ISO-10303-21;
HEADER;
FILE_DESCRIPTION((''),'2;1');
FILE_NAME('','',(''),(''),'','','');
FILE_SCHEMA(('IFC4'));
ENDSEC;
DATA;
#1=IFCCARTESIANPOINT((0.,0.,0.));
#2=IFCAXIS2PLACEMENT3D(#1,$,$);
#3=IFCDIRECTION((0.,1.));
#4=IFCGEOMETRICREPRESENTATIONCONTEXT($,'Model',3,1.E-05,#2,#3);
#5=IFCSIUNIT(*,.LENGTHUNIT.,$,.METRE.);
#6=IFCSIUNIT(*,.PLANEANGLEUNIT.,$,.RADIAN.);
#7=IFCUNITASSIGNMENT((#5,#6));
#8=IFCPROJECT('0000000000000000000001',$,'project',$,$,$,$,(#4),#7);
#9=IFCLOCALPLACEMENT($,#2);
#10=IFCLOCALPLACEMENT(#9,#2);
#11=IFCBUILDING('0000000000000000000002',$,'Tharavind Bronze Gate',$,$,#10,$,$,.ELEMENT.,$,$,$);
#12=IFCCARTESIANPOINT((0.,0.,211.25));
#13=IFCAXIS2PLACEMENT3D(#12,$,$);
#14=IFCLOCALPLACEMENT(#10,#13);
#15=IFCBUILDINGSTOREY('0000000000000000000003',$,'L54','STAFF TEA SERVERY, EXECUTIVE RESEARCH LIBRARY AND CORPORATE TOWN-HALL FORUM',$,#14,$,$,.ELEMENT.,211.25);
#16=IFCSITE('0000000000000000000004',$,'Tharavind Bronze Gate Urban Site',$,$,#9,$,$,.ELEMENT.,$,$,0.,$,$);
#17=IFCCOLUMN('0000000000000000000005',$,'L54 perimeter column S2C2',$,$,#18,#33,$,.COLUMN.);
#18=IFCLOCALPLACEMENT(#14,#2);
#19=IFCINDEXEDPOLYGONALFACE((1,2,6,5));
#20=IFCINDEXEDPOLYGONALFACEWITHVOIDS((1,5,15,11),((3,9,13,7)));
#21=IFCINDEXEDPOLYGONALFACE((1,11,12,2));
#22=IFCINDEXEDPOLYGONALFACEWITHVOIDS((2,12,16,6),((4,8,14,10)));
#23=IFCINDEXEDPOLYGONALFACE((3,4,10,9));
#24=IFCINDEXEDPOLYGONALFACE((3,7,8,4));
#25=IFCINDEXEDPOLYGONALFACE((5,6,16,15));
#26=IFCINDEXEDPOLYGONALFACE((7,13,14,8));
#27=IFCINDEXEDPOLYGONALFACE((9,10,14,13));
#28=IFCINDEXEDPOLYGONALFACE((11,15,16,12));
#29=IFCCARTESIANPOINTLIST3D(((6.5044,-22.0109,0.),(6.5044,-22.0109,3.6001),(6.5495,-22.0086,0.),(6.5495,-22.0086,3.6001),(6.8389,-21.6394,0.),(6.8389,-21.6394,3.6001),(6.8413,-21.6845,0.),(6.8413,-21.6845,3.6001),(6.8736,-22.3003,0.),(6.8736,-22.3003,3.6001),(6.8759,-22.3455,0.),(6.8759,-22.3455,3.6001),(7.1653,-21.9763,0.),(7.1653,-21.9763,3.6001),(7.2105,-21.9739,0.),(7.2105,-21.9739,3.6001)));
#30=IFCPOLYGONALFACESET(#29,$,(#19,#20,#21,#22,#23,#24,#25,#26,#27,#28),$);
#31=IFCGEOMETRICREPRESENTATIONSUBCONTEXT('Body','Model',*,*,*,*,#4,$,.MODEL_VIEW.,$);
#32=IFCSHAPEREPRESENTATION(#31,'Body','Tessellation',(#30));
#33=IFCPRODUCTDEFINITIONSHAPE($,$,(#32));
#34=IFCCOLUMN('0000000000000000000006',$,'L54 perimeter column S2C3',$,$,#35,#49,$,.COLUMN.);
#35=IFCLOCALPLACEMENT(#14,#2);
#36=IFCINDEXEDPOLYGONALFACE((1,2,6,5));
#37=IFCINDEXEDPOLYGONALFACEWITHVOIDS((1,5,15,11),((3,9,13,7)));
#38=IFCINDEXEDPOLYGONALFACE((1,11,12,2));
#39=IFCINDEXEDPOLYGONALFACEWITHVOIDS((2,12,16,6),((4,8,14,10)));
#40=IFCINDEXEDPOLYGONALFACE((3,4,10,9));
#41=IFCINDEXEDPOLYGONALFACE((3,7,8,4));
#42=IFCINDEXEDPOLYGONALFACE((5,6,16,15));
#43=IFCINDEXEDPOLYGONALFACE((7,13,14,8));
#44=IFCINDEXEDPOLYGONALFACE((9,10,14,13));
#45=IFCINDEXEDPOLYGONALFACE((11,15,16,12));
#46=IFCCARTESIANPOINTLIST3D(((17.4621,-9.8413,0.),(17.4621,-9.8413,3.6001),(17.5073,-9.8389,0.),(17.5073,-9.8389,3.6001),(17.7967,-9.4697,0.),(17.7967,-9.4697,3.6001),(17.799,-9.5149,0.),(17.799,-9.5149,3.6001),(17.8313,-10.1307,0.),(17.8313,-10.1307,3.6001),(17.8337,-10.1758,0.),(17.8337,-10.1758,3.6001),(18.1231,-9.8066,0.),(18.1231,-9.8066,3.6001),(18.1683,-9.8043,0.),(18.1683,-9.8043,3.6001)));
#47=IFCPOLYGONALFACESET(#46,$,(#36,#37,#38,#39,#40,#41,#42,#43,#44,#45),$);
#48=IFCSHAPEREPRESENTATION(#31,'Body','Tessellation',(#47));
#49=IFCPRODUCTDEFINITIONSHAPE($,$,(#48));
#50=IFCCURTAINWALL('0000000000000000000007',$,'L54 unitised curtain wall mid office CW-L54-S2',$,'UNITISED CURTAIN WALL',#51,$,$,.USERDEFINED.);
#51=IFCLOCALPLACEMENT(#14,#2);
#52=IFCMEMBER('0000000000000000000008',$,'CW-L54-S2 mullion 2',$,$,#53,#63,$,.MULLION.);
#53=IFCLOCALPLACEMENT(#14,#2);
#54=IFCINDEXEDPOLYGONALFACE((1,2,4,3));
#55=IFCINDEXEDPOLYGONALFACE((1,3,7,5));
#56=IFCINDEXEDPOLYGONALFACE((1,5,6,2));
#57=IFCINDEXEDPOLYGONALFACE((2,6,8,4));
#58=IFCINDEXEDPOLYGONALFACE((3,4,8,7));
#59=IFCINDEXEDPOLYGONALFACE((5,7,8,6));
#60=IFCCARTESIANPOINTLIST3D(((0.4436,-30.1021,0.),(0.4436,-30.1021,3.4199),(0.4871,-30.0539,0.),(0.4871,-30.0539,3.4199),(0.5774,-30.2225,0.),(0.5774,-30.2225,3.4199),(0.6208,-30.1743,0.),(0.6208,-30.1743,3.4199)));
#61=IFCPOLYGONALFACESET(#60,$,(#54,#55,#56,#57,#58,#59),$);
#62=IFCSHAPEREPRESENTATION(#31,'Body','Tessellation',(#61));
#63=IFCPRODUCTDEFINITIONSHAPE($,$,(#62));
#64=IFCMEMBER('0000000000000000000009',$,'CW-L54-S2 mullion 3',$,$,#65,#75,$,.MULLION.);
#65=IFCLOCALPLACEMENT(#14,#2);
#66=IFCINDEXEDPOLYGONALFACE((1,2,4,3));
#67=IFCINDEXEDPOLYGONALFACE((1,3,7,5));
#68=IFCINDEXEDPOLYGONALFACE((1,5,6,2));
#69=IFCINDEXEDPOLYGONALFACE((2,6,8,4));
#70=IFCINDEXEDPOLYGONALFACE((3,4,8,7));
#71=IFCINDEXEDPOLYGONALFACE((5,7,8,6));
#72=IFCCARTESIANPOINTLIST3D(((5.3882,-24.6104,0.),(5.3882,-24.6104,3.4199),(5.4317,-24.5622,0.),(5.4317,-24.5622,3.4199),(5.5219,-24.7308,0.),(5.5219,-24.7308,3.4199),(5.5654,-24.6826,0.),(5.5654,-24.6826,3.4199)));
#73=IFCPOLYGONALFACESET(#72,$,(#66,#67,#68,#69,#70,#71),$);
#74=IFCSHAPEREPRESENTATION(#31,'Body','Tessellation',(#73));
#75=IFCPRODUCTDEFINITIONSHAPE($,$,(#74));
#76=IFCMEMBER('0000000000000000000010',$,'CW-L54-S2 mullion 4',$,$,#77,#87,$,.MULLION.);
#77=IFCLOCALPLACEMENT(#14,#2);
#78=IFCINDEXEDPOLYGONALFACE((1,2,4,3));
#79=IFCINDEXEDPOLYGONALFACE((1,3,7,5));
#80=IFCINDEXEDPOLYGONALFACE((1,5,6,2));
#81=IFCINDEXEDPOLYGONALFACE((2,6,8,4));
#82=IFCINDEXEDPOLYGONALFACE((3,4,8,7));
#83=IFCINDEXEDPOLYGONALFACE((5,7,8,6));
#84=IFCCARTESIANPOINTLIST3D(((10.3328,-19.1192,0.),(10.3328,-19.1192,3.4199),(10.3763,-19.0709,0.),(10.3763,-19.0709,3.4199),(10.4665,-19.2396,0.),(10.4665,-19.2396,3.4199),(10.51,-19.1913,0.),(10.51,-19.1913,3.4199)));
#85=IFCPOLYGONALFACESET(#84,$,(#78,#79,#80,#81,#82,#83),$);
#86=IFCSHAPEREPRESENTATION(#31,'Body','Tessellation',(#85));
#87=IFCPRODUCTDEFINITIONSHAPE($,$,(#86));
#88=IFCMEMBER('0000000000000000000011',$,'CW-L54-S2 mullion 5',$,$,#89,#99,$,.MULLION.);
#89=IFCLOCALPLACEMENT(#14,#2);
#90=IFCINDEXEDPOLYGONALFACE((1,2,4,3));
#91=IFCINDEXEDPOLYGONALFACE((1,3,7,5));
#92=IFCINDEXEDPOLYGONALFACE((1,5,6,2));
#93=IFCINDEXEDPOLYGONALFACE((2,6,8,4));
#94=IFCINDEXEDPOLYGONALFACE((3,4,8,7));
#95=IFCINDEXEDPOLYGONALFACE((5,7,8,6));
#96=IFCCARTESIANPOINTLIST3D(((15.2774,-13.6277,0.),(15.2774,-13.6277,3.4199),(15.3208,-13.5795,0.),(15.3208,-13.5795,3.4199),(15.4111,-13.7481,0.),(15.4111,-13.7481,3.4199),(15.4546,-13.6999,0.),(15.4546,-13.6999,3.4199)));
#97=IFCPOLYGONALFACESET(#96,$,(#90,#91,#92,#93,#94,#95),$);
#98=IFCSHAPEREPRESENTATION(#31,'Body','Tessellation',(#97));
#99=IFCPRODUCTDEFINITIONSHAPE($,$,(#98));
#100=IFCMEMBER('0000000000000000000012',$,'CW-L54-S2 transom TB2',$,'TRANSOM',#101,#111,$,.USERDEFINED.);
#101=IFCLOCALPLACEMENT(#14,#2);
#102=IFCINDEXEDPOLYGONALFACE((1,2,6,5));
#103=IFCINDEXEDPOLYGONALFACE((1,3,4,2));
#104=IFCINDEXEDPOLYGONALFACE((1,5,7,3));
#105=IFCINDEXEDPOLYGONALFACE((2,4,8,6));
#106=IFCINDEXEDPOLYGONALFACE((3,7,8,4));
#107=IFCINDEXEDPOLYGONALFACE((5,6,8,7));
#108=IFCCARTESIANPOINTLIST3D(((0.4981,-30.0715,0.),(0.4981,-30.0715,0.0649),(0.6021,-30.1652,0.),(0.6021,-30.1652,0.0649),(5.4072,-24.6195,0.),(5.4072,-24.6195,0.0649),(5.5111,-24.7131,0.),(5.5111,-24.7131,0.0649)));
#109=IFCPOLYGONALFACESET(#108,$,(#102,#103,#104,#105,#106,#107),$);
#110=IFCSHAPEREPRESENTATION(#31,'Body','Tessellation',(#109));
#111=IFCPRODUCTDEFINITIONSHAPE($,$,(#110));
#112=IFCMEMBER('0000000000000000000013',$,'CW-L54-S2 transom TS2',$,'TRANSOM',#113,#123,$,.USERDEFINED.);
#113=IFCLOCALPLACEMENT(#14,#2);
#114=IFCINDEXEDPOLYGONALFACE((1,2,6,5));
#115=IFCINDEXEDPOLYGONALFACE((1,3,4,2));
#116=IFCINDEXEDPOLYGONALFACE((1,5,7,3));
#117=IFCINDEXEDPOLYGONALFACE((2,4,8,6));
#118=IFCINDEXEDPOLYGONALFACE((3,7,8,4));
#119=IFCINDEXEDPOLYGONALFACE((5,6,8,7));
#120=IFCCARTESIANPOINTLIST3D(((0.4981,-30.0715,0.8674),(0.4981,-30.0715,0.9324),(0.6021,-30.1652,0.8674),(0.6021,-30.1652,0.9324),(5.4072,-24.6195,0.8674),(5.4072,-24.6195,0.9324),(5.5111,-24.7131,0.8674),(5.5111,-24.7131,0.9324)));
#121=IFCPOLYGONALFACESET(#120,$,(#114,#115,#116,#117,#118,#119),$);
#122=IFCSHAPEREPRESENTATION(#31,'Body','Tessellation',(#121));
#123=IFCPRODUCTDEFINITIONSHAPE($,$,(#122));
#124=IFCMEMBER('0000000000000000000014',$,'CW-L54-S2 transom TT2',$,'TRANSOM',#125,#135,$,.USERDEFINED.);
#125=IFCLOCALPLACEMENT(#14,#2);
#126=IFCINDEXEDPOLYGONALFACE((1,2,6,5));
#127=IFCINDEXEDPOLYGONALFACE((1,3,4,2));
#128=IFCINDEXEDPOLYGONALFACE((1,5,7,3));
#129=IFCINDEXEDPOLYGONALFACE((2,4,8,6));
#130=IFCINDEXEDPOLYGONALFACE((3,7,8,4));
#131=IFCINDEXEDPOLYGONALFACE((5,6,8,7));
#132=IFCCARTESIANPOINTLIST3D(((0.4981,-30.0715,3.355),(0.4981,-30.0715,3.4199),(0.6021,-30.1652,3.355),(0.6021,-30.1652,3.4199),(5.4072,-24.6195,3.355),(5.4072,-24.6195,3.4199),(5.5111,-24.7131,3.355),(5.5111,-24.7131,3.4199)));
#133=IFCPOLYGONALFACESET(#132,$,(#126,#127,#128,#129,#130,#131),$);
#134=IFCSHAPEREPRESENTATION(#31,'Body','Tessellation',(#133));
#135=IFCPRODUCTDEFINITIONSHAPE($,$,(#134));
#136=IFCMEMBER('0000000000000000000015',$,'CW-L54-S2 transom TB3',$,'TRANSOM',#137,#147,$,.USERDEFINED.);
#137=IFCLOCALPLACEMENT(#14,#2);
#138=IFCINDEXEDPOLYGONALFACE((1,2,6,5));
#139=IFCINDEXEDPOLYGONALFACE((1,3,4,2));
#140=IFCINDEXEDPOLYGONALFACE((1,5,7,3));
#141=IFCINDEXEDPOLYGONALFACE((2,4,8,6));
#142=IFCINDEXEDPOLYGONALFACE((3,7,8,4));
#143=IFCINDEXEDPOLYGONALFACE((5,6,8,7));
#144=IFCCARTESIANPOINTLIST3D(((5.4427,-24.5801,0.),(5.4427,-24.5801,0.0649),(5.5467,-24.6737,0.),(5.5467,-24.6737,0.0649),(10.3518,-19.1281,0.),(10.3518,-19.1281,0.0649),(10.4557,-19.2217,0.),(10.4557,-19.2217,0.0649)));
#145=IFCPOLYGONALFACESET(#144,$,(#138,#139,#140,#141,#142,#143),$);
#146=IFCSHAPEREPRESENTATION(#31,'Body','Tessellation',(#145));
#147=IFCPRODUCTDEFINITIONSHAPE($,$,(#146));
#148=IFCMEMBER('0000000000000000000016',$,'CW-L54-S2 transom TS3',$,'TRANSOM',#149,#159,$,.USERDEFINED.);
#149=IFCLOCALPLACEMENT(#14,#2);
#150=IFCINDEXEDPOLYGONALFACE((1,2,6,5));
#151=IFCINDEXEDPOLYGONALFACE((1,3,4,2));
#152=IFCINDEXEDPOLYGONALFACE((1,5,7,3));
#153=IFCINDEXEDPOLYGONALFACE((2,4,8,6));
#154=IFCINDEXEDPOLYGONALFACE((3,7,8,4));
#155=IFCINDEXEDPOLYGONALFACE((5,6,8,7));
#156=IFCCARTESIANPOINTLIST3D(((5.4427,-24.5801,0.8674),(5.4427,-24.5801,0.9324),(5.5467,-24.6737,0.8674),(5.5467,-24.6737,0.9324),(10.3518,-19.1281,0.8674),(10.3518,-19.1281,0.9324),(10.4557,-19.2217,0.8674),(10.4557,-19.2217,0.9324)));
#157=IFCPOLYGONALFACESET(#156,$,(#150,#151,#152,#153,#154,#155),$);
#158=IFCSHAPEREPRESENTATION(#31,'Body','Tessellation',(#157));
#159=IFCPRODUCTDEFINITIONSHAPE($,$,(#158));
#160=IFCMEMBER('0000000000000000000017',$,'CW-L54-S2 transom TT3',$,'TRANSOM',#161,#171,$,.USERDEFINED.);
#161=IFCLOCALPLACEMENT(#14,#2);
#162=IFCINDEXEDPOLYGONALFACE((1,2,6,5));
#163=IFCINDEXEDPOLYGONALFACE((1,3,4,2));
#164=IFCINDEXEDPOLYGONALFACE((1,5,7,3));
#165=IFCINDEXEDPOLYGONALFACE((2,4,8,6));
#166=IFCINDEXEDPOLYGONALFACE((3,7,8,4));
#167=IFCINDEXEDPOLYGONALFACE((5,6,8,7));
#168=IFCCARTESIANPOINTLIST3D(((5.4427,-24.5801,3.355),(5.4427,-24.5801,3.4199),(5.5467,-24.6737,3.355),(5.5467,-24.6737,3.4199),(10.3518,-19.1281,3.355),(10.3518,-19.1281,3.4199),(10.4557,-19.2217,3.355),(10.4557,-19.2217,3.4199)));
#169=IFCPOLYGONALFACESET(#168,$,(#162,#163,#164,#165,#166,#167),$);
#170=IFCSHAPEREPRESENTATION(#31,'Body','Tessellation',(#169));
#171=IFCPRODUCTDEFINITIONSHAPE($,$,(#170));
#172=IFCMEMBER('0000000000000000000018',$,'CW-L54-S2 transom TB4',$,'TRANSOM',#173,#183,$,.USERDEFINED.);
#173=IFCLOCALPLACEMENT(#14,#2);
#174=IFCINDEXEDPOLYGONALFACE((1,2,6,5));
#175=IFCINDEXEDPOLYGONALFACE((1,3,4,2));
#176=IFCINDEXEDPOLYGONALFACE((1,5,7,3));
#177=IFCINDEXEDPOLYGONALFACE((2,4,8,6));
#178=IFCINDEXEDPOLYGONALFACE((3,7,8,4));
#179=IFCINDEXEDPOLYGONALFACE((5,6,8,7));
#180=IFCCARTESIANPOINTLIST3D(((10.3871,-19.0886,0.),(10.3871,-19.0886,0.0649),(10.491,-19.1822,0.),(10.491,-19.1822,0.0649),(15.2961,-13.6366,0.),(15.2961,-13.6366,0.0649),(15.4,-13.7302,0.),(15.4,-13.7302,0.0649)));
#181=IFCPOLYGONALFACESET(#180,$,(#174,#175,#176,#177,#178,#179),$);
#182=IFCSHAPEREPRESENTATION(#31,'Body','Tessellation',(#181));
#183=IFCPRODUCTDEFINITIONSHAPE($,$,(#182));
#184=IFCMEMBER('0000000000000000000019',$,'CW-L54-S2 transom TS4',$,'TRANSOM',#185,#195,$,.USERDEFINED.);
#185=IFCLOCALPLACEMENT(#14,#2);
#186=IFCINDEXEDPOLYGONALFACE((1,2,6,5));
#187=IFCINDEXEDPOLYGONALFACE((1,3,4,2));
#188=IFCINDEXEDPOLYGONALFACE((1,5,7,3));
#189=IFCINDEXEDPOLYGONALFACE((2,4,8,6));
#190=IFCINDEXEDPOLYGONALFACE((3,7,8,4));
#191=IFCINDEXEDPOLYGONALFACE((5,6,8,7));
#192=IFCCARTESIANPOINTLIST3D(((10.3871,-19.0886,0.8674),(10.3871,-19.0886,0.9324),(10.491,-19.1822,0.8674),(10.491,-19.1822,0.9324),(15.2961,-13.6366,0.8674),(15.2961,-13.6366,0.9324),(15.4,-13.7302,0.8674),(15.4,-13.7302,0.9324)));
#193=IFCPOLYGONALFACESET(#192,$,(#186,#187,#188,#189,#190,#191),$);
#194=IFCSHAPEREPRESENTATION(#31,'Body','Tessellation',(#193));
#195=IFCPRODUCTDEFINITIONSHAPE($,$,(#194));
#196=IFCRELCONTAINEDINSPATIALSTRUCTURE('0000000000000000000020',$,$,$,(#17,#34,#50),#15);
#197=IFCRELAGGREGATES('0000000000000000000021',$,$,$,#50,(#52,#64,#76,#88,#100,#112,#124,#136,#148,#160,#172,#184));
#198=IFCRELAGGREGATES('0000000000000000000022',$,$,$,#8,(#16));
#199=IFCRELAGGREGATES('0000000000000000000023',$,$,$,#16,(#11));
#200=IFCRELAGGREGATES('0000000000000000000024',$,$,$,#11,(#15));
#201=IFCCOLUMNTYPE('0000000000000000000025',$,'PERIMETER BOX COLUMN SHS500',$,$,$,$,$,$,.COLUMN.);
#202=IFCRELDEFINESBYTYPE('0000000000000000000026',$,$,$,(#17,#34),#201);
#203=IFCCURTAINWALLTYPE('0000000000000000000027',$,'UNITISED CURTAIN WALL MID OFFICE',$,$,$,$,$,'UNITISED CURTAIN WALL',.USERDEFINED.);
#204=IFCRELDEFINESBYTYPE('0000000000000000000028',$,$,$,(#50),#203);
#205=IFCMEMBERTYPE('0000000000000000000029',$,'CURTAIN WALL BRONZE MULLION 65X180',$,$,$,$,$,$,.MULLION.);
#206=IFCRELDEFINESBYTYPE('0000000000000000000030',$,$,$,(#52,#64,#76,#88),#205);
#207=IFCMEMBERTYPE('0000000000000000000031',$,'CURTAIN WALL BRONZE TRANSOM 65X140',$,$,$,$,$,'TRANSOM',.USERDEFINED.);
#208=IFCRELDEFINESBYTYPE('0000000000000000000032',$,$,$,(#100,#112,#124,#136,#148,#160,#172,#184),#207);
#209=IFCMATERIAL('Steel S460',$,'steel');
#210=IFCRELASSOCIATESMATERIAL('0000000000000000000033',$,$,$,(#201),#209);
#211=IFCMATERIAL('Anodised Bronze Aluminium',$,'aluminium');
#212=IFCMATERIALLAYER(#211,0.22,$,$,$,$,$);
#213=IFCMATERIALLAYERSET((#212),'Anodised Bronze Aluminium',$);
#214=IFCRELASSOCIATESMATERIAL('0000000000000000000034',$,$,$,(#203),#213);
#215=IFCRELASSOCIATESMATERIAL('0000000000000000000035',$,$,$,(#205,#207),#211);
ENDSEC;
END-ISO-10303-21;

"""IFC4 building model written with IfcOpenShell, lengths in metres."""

from ifc_helpers import new_model, si_unit, direction, frame, origin, origin_2d, place, context, subcontext, project, spatial, rectangle, hollow_rectangle, extrude, material, layer, layer_set, material_profile, profile_set, type_object, element, aggregate, save


model = new_model("IFC4")

# Units and contexts
model_context = context("Model", 3, precision=1e-05, world=origin(), true_north=direction((0.0, 1.0)))
body_context = subcontext(model_context, "Body", "Model", "MODEL_VIEW")
ifc_project = project(units=[si_unit("LENGTHUNIT", "METRE"), si_unit("PLANEANGLEUNIT", "RADIAN")], contexts=[model_context])

# Site, building, storey
site_placement = place(None, origin())
site = spatial("IfcSite", under=ifc_project, at=site_placement, Name="Tharavind Bronze Gate Urban Site", CompositionType="ELEMENT", RefElevation=0.0)
building_placement = place(site_placement, origin())
building = spatial("IfcBuilding", under=site, at=building_placement, Name="Tharavind Bronze Gate", CompositionType="ELEMENT")
storey_placement = place(building_placement, frame((0.0, 0.0, 211.25)))
storey = spatial("IfcBuildingStorey", under=building, at=storey_placement, Name="L54", Description="STAFF TEA SERVERY, EXECUTIVE RESEARCH LIBRARY AND CORPORATE TOWN-HALL FORUM", CompositionType="ELEMENT", Elevation=211.25)

# Columns
ifc_material_1 = material(Name="Steel S460", Category="steel")
ifc_material_profile_1 = material_profile(ifc_material_1, hollow_rectangle(XDim=0.5, YDim=0.5, WallThickness=0.032, at=origin_2d()), Name="SHS500X32")
ifc_profile_set_1 = profile_set([ifc_material_profile_1], Name="Steel S460")
column_type = type_object("IfcColumnType", Name="PERIMETER BOX COLUMN SHS500", PredefinedType="COLUMN", material=ifc_profile_set_1)
for number, where, z_axis, x_axis, name in (
    (1, (6.8574, -21.9924, 0.0), (0.0, 0.0, 1.0), (0.669131, 0.743145, 0.0), "L54 perimeter column S2C2"),
    (2, (17.8152, -9.8228, 0.0), (0.0, 0.0, 1.0), (0.669131, 0.743145, 0.0), "L54 perimeter column S2C3"),
):
    element("IfcColumn", number, at=place(storey_placement, frame(where, z_axis=z_axis, x_axis=x_axis)), inside=storey, type_object=column_type, Name=name, PredefinedType="COLUMN", context=body_context, shape_type="SweptSolid", body=[
        extrude(hollow_rectangle(XDim=0.5, YDim=0.5, WallThickness=0.032, at=origin_2d()), origin(), (0.0, 0.0, 1.0), 3.6001),
    ])

# Curtain wall, members
ifc_material_2 = material(Name="Anodised Bronze Aluminium", Category="aluminium")
ifc_layer_1 = layer(ifc_material_2, 0.22)
ifc_layer_set_1 = layer_set([ifc_layer_1], Name="Anodised Bronze Aluminium")
curtain_wall_type = type_object("IfcCurtainWallType", Name="UNITISED CURTAIN WALL MID OFFICE", ElementType="UNITISED CURTAIN WALL", PredefinedType="USERDEFINED", material=ifc_layer_set_1)
curtain_wall_placement = place(storey_placement, origin())
curtain_wall = element("IfcCurtainWall", 3, at=curtain_wall_placement, inside=storey, type_object=curtain_wall_type, Name="L54 unitised curtain wall mid office CW-L54-S2", ObjectType="UNITISED CURTAIN WALL", PredefinedType="USERDEFINED")
member_type_1 = type_object("IfcMemberType", Name="CURTAIN WALL BRONZE MULLION 65X180", PredefinedType="MULLION", material=ifc_material_2)
member_1_placement = place(storey_placement, frame((0.5322, -30.1382, 0.0), z_axis=(0.0, 0.0, 1.0), x_axis=(0.669131, 0.743145, 0.0)))
member_1 = element("IfcMember", 4, at=member_1_placement, type_object=member_type_1, Name="CW-L54-S2 mullion 2", PredefinedType="MULLION", context=body_context, shape_type="SweptSolid", body=[
    extrude(rectangle(XDim=0.0649, YDim=0.1799, at=origin_2d()), origin(), (0.0, 0.0, 1.0), 3.4199),
])
member_2_placement = place(storey_placement, frame((5.4768, -24.6465, 0.0), z_axis=(0.0, 0.0, 1.0), x_axis=(0.669131, 0.743145, 0.0)))
member_2 = element("IfcMember", 5, at=member_2_placement, type_object=member_type_1, Name="CW-L54-S2 mullion 3", PredefinedType="MULLION", context=body_context, shape_type="SweptSolid", body=[
    extrude(rectangle(XDim=0.0649, YDim=0.1799, at=origin_2d()), origin(), (0.0, 0.0, 1.0), 3.4199),
])
member_3_placement = place(storey_placement, frame((10.4214, -19.1553, 0.0), z_axis=(0.0, 0.0, 1.0), x_axis=(0.669131, 0.743145, 0.0)))
member_3 = element("IfcMember", 6, at=member_3_placement, type_object=member_type_1, Name="CW-L54-S2 mullion 4", PredefinedType="MULLION", context=body_context, shape_type="SweptSolid", body=[
    extrude(rectangle(XDim=0.0649, YDim=0.1799, at=origin_2d()), origin(), (0.0, 0.0, 1.0), 3.4199),
])
member_4_placement = place(storey_placement, frame((15.366, -13.6638, 0.0), z_axis=(0.0, 0.0, 1.0), x_axis=(0.669131, 0.743145, 0.0)))
member_4 = element("IfcMember", 7, at=member_4_placement, type_object=member_type_1, Name="CW-L54-S2 mullion 5", PredefinedType="MULLION", context=body_context, shape_type="SweptSolid", body=[
    extrude(rectangle(XDim=0.0649, YDim=0.1799, at=origin_2d()), origin(), (0.0, 0.0, 1.0), 3.4199),
])
member_type_2 = type_object("IfcMemberType", Name="CURTAIN WALL BRONZE TRANSOM 65X140", ElementType="TRANSOM", PredefinedType="USERDEFINED", material=ifc_material_2)
member_5_placement = place(storey_placement, frame((3.0046, -27.3923, 0.0), z_axis=(0.0, 0.0, 1.0), x_axis=(0.669131, 0.743145, 0.0)))
member_5 = element("IfcMember", 8, at=member_5_placement, type_object=member_type_2, Name="CW-L54-S2 transom TB2", ObjectType="TRANSOM", PredefinedType="USERDEFINED", context=body_context, shape_type="SweptSolid", body=[
    extrude(rectangle(XDim=7.3364, YDim=0.1399, at=origin_2d()), origin(), (0.0, 0.0, 1.0), 0.0649),
])
member_6_placement = place(storey_placement, frame((3.0046, -27.3923, 0.8674), z_axis=(0.0, 0.0, 1.0), x_axis=(0.669131, 0.743145, 0.0)))
member_6 = element("IfcMember", 9, at=member_6_placement, type_object=member_type_2, Name="CW-L54-S2 transom TS2", ObjectType="TRANSOM", PredefinedType="USERDEFINED", context=body_context, shape_type="SweptSolid", body=[
    extrude(rectangle(XDim=7.3364, YDim=0.1399, at=origin_2d()), origin(), (0.0, 0.0, 1.0), 0.0649),
])
member_7_placement = place(storey_placement, frame((3.0046, -27.3923, 3.355), z_axis=(0.0, 0.0, 1.0), x_axis=(0.669131, 0.743145, 0.0)))
member_7 = element("IfcMember", 10, at=member_7_placement, type_object=member_type_2, Name="CW-L54-S2 transom TT2", ObjectType="TRANSOM", PredefinedType="USERDEFINED", context=body_context, shape_type="SweptSolid", body=[
    extrude(rectangle(XDim=7.3364, YDim=0.1399, at=origin_2d()), origin(), (0.0, 0.0, 1.0), 0.0649),
])
member_8_placement = place(storey_placement, frame((7.9492, -21.9009, 0.0), z_axis=(0.0, 0.0, 1.0), x_axis=(0.669131, 0.743145, 0.0)))
member_8 = element("IfcMember", 11, at=member_8_placement, type_object=member_type_2, Name="CW-L54-S2 transom TB3", ObjectType="TRANSOM", PredefinedType="USERDEFINED", context=body_context, shape_type="SweptSolid", body=[
    extrude(rectangle(XDim=7.3364, YDim=0.1399, at=origin_2d()), origin(), (0.0, 0.0, 1.0), 0.0649),
])
member_9_placement = place(storey_placement, frame((7.9492, -21.9009, 0.8674), z_axis=(0.0, 0.0, 1.0), x_axis=(0.669131, 0.743145, 0.0)))
member_9 = element("IfcMember", 12, at=member_9_placement, type_object=member_type_2, Name="CW-L54-S2 transom TS3", ObjectType="TRANSOM", PredefinedType="USERDEFINED", context=body_context, shape_type="SweptSolid", body=[
    extrude(rectangle(XDim=7.3364, YDim=0.1399, at=origin_2d()), origin(), (0.0, 0.0, 1.0), 0.0649),
])
member_10_placement = place(storey_placement, frame((7.9492, -21.9009, 3.355), z_axis=(0.0, 0.0, 1.0), x_axis=(0.669131, 0.743145, 0.0)))
member_10 = element("IfcMember", 13, at=member_10_placement, type_object=member_type_2, Name="CW-L54-S2 transom TT3", ObjectType="TRANSOM", PredefinedType="USERDEFINED", context=body_context, shape_type="SweptSolid", body=[
    extrude(rectangle(XDim=7.3364, YDim=0.1399, at=origin_2d()), origin(), (0.0, 0.0, 1.0), 0.0649),
])
member_11_placement = place(storey_placement, frame((12.8936, -16.4094, 0.0), z_axis=(0.0, 0.0, 1.0), x_axis=(0.669131, 0.743145, 0.0)))
member_11 = element("IfcMember", 14, at=member_11_placement, type_object=member_type_2, Name="CW-L54-S2 transom TB4", ObjectType="TRANSOM", PredefinedType="USERDEFINED", context=body_context, shape_type="SweptSolid", body=[
    extrude(rectangle(XDim=7.3364, YDim=0.1399, at=origin_2d()), origin(), (0.0, 0.0, 1.0), 0.0649),
])
member_12_placement = place(storey_placement, frame((12.8936, -16.4094, 0.8674), z_axis=(0.0, 0.0, 1.0), x_axis=(0.669131, 0.743145, 0.0)))
member_12 = element("IfcMember", 15, at=member_12_placement, type_object=member_type_2, Name="CW-L54-S2 transom TS4", ObjectType="TRANSOM", PredefinedType="USERDEFINED", context=body_context, shape_type="SweptSolid", body=[
    extrude(rectangle(XDim=7.3364, YDim=0.1399, at=origin_2d()), origin(), (0.0, 0.0, 1.0), 0.0649),
])

aggregate(curtain_wall, [member_1, member_2, member_3, member_4, member_5, member_6, member_7, member_8, member_9, member_10, member_11, member_12])

save(model, "model.ifc")
